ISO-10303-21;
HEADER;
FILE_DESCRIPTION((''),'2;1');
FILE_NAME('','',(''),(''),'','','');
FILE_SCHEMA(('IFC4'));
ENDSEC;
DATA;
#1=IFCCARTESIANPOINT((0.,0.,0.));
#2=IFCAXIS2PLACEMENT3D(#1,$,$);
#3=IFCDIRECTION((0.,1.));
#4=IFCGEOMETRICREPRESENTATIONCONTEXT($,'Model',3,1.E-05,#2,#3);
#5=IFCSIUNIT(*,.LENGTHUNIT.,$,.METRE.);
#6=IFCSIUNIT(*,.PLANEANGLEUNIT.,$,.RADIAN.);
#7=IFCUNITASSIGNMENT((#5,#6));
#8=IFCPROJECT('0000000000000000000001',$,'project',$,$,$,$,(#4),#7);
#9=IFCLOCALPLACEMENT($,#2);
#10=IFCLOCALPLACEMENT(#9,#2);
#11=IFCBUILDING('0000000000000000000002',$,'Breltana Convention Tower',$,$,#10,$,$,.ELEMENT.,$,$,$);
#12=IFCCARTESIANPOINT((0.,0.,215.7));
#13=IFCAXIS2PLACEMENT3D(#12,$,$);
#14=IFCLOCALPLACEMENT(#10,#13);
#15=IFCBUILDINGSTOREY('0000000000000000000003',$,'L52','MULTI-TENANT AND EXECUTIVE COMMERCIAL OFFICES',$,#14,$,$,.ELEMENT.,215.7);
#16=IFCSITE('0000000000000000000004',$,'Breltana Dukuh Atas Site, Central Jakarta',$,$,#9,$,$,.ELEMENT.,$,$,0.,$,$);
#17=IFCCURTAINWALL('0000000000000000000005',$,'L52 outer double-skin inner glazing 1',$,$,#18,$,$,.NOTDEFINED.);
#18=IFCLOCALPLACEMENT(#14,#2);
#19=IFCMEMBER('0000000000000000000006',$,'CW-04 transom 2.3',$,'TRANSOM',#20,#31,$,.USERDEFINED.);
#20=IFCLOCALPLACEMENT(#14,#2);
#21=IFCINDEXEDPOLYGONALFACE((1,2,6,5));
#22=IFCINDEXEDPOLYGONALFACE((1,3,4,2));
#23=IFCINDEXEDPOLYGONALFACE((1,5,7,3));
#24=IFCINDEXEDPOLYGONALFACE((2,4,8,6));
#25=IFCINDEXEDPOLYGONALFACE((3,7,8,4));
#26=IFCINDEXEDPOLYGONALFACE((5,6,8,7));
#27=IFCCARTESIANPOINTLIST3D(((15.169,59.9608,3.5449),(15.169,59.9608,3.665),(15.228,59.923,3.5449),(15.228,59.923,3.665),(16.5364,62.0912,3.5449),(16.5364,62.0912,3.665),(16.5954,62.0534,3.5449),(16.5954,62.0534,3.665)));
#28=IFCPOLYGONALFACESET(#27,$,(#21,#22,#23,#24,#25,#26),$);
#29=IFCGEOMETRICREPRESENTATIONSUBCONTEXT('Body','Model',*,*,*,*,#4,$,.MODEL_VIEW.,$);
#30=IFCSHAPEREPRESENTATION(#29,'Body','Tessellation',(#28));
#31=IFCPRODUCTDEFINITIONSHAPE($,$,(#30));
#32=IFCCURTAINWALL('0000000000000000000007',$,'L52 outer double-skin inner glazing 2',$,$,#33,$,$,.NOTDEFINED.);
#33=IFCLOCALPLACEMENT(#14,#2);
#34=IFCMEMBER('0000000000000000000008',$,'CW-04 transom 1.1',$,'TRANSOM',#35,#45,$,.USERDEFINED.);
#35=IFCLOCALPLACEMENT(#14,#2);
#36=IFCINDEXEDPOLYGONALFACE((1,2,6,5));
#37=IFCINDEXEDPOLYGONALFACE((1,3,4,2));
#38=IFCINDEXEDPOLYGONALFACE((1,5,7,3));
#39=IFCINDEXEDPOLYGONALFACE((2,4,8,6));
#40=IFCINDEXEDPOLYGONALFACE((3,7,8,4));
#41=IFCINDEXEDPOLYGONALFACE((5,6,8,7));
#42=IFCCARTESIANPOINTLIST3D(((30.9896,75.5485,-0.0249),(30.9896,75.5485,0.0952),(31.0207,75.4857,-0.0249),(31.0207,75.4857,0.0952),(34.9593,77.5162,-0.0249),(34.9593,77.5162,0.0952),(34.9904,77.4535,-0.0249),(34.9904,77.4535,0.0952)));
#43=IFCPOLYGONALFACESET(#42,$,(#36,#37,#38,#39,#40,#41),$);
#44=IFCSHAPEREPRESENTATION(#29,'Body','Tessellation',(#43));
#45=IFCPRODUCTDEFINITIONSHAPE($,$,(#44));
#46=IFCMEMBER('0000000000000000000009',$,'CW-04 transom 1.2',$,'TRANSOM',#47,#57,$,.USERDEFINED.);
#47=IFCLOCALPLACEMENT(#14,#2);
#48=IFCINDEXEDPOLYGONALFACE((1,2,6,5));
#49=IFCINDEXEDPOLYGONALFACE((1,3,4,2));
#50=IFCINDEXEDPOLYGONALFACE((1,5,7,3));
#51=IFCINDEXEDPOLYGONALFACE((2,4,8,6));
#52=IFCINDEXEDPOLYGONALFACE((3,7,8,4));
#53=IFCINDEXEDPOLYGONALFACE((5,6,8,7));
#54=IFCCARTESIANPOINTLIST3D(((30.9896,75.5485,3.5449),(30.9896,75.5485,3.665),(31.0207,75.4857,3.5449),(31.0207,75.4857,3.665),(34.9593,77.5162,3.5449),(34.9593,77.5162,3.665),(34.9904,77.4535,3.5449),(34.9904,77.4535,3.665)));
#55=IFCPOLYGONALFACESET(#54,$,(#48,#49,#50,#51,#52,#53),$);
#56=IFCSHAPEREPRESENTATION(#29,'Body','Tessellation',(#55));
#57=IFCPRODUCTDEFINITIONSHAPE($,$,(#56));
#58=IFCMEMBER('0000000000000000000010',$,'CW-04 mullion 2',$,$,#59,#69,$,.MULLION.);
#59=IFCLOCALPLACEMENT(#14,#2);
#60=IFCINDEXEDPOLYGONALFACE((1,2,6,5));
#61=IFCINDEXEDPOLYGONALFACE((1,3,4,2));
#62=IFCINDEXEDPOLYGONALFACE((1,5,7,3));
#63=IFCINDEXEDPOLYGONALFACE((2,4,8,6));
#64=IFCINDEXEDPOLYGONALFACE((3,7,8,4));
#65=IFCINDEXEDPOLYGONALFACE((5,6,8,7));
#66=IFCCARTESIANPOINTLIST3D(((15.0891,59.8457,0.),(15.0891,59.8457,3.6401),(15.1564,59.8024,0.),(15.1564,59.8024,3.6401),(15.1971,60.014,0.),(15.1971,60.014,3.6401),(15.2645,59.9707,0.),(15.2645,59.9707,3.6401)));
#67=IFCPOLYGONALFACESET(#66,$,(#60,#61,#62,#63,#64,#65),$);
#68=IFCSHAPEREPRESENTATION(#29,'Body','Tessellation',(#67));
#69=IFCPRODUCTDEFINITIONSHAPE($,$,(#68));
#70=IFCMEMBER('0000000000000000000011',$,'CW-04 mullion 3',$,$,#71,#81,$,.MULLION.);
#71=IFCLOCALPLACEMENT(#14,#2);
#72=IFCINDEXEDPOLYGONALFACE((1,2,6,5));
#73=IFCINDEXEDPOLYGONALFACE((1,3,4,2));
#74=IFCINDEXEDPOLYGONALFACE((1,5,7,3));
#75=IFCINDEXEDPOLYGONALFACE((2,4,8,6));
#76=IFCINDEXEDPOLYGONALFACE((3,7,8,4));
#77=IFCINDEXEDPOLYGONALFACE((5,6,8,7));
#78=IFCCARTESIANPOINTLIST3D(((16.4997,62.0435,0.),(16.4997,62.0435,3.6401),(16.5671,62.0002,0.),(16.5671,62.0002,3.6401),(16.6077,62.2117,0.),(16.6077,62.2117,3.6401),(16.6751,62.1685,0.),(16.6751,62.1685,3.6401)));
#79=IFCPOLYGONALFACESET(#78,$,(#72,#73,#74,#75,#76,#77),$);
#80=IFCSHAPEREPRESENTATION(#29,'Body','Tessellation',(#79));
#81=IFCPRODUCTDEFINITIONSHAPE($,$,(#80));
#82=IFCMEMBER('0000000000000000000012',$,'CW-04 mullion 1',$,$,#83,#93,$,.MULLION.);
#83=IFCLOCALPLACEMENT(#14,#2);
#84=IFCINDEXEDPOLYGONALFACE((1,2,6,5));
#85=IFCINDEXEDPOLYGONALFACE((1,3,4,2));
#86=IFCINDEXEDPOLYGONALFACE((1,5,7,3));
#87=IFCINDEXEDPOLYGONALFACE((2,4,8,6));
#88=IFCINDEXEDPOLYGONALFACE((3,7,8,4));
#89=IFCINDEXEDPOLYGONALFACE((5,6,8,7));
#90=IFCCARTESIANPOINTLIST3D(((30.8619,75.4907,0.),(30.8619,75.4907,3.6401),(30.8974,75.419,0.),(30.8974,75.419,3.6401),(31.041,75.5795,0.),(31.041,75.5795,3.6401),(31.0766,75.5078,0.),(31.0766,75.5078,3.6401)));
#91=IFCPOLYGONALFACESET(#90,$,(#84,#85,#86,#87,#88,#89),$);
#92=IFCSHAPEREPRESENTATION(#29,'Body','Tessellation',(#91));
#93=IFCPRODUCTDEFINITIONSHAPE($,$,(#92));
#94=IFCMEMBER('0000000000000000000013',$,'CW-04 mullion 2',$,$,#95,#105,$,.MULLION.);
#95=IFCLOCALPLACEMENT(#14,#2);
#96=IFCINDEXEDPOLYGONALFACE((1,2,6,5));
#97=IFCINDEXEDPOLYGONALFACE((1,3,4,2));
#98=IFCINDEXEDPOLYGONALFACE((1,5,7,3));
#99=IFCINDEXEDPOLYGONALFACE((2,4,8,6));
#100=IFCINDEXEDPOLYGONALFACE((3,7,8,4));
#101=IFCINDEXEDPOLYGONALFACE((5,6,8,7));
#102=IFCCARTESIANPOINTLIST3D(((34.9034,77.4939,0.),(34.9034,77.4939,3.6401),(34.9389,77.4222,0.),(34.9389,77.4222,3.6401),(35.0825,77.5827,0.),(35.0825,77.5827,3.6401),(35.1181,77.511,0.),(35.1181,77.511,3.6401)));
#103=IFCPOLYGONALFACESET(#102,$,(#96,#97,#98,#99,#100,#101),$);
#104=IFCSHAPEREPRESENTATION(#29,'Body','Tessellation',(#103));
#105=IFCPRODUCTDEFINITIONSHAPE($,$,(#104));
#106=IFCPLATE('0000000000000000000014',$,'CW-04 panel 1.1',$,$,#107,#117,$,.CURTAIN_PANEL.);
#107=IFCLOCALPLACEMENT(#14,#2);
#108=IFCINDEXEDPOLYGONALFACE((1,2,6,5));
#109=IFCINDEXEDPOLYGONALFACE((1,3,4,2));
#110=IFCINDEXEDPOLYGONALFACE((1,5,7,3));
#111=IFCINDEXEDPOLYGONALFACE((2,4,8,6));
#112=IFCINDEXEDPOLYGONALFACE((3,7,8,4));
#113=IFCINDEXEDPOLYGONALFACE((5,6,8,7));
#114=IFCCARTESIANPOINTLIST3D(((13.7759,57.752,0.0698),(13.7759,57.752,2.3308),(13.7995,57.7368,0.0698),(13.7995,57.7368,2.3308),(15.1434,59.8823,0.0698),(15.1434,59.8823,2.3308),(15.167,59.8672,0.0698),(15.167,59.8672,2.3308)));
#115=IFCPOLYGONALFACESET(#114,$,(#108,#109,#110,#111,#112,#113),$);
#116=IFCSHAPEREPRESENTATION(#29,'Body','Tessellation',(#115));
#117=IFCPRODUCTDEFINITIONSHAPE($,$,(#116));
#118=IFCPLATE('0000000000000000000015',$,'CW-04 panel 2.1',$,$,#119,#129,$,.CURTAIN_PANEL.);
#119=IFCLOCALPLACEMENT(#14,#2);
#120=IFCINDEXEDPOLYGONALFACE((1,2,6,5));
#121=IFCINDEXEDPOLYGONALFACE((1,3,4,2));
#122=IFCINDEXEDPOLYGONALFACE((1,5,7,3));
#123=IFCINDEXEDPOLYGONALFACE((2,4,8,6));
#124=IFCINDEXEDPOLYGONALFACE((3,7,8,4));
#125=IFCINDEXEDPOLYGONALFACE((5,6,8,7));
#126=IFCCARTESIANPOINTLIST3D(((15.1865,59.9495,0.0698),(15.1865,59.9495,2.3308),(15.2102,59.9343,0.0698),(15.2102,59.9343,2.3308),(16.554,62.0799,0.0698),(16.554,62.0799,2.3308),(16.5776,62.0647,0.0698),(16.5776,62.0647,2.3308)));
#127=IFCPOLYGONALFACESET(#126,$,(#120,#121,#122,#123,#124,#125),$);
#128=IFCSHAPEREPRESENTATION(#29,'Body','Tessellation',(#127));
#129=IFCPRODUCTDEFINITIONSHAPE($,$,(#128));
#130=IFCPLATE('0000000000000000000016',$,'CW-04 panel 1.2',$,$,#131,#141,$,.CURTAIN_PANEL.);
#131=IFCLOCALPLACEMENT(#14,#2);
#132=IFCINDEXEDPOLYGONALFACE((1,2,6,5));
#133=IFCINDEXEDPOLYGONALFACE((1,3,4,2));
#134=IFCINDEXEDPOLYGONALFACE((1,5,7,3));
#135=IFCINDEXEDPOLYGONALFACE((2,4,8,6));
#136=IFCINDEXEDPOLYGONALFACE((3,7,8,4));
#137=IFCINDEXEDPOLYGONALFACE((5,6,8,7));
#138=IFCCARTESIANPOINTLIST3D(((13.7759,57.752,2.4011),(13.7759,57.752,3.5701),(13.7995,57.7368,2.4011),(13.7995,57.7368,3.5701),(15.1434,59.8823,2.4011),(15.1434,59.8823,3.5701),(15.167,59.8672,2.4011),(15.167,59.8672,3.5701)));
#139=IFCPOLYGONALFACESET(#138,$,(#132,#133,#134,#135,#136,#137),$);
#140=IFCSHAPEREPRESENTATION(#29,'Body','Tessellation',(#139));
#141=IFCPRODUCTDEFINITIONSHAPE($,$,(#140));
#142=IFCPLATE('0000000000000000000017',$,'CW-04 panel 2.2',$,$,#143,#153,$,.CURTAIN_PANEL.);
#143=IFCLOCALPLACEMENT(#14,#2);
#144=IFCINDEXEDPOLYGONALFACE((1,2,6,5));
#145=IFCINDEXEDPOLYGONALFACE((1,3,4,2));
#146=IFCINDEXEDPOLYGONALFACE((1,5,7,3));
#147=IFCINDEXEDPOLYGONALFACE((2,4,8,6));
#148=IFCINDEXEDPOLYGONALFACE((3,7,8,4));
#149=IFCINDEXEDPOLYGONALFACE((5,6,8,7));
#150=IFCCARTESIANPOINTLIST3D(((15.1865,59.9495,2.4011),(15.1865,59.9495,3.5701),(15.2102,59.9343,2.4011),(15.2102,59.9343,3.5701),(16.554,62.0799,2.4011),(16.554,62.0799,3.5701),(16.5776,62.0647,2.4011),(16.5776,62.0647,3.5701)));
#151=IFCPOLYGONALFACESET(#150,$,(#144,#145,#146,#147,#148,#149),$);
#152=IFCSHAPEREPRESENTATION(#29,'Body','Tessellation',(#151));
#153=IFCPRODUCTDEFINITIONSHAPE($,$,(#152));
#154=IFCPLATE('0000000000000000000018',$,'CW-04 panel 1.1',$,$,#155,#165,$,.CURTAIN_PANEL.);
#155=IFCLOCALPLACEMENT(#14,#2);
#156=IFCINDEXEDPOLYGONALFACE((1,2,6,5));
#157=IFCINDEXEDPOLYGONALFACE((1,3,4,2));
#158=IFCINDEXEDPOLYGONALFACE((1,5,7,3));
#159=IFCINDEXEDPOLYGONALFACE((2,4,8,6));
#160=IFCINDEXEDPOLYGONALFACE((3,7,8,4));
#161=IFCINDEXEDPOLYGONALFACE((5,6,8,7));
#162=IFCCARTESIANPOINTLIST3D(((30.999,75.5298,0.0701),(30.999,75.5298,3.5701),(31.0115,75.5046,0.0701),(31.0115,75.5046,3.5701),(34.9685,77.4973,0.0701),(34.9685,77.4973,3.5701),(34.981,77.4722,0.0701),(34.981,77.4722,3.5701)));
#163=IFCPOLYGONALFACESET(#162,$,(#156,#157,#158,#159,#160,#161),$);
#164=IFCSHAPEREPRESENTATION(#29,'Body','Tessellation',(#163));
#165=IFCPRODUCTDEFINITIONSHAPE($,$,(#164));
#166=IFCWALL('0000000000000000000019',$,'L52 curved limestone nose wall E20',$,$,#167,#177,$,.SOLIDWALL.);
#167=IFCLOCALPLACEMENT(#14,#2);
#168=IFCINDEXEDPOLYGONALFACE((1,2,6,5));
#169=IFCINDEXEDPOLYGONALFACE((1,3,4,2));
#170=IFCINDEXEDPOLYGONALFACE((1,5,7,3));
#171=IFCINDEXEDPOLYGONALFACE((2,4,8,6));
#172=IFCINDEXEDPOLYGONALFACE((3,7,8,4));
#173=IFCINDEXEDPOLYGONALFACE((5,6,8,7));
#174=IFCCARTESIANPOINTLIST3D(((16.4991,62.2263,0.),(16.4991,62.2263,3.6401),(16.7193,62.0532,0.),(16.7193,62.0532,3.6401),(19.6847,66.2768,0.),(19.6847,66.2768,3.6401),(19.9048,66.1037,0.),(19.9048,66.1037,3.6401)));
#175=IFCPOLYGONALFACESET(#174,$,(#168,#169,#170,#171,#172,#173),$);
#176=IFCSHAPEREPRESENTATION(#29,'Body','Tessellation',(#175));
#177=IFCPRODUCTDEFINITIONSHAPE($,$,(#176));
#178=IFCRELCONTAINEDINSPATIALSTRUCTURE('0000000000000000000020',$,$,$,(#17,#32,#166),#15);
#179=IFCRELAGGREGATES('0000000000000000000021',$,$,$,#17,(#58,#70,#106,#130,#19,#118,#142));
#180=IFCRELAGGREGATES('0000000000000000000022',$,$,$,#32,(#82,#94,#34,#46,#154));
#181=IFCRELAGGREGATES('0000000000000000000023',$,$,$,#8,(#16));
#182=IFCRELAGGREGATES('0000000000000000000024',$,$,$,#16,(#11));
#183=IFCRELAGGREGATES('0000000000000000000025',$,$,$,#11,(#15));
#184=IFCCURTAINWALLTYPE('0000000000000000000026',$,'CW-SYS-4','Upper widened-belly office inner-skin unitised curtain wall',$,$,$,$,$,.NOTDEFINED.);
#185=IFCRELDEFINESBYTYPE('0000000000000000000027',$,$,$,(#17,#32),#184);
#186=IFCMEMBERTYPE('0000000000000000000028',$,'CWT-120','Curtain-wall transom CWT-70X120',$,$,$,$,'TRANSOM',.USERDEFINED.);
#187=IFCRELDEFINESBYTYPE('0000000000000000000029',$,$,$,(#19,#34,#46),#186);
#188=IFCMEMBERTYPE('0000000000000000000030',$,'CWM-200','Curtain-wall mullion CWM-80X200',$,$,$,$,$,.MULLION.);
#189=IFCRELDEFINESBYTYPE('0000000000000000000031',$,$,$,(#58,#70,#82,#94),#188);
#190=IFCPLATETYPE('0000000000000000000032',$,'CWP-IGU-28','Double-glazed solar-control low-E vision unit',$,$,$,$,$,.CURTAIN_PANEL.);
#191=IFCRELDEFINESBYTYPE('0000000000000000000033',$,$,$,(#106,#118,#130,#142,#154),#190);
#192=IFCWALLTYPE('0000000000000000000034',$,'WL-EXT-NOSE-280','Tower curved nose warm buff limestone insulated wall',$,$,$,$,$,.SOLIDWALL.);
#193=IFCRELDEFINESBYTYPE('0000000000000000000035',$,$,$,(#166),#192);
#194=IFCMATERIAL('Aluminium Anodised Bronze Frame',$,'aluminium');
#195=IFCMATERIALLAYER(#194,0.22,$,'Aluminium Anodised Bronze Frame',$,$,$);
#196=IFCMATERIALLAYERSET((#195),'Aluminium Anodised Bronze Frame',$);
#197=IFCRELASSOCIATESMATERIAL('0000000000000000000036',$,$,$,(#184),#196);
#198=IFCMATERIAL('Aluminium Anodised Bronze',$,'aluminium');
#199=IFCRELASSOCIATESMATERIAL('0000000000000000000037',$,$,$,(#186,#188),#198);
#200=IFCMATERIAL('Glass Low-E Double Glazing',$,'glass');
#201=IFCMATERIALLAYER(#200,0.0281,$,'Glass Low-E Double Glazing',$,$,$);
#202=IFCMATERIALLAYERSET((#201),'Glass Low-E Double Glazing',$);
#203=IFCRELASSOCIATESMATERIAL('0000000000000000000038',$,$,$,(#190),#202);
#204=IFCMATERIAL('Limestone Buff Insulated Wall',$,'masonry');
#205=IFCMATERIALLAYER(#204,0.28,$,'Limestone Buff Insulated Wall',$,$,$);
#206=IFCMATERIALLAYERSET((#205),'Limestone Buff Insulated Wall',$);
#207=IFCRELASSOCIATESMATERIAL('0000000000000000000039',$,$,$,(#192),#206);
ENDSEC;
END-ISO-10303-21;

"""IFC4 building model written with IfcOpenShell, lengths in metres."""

from ifc_helpers import new_model, si_unit, direction, frame, frame_2d, origin, origin_2d, place, context, subcontext, project, spatial, rectangle, extrude, source, transform, mapped, material, layer, layer_set, material_profile, profile_set, type_object, element, aggregate, save


model = new_model("IFC4")

# Units and contexts
model_context = context("Model", 3, precision=1e-05, world=origin(), true_north=direction((0.0, 1.0)))
body_context = subcontext(model_context, "Body", "Model", "MODEL_VIEW")
ifc_project = project(units=[si_unit("LENGTHUNIT", "METRE"), si_unit("PLANEANGLEUNIT", "RADIAN")], contexts=[model_context])

# Site, building, storey
site_placement = place(None, origin())
site = spatial("IfcSite", under=ifc_project, at=site_placement, Name="Breltana Dukuh Atas Site, Central Jakarta", CompositionType="ELEMENT", RefElevation=0.0)
building_placement = place(site_placement, origin())
building = spatial("IfcBuilding", under=site, at=building_placement, Name="Breltana Convention Tower", CompositionType="ELEMENT")
storey_placement = place(building_placement, frame((0.0, 0.0, 215.7)))
storey = spatial("IfcBuildingStorey", under=building, at=storey_placement, Name="L52", Description="MULTI-TENANT AND EXECUTIVE COMMERCIAL OFFICES", CompositionType="ELEMENT", Elevation=215.7)

# Curtain walls, members
ifc_material_1 = material(Name="Aluminium Anodised Bronze Frame", Category="aluminium")
ifc_layer_1 = layer(ifc_material_1, 0.22, Name="Aluminium Anodised Bronze Frame")
ifc_layer_set_1 = layer_set([ifc_layer_1], Name="Aluminium Anodised Bronze Frame")
curtain_wall_type = type_object("IfcCurtainWallType", Name="CW-SYS-4", Description="Upper widened-belly office inner-skin unitised curtain wall", PredefinedType="NOTDEFINED", material=ifc_layer_set_1)
curtain_wall_1_placement = place(storey_placement, origin())
curtain_wall_1 = element("IfcCurtainWall", 1, at=curtain_wall_1_placement, inside=storey, type_object=curtain_wall_type, Name="L52 outer double-skin inner glazing 1", PredefinedType="NOTDEFINED")
ifc_material_2 = material(Name="Aluminium Anodised Bronze", Category="aluminium")
ifc_material_profile_1 = material_profile(ifc_material_2, rectangle(XDim=0.0701, YDim=0.1201, at=origin_2d()), Name="CWT-70X120")
ifc_profile_set_1 = profile_set([ifc_material_profile_1], Name="Aluminium Anodised Bronze")
member_type_1 = type_object("IfcMemberType", Name="CWT-120", Description="Curtain-wall transom CWT-70X120", ElementType="TRANSOM", PredefinedType="USERDEFINED", material=ifc_profile_set_1)
shared_shape_1 = source(origin(), body_context, "Body", "SweptSolid", [
    extrude(rectangle(XDim=0.0701, YDim=0.1201, at=origin_2d()), origin(), (0.0, 0.0, 1.0), 2.5315),
])
member_1_placement = place(storey_placement, frame((15.1985, 59.9419, 3.605), z_axis=(0.540173, 0.841554, 0.0), x_axis=(-0.841554, 0.540173, 0.0)))
member_1 = element("IfcMember", 2, at=member_1_placement, type_object=member_type_1, Name="CW-04 transom 2.3", ObjectType="TRANSOM", PredefinedType="USERDEFINED", context=body_context, shape_type="MappedRepresentation", body=[
    mapped(shared_shape_1, transform((0.0, 0.0, 0.0), scale=1.0)),
])
curtain_wall_2_placement = place(storey_placement, origin())
curtain_wall_2 = element("IfcCurtainWall", 3, at=curtain_wall_2_placement, inside=storey, type_object=curtain_wall_type, Name="L52 outer double-skin inner glazing 2", PredefinedType="NOTDEFINED")
shared_shape_2 = source(origin(), body_context, "Body", "SweptSolid", [
    extrude(rectangle(XDim=0.0701, YDim=0.1201, at=origin_2d()), origin(), (0.0, 0.0, 1.0), 4.4307),
])
member_2_placement = place(storey_placement, frame((31.0051, 75.5171, 0.0352), z_axis=(0.895965, 0.444125, 0.0), x_axis=(-0.444125, 0.895965, 0.0)))
member_2 = element("IfcMember", 4, at=member_2_placement, type_object=member_type_1, Name="CW-04 transom 1.1", ObjectType="TRANSOM", PredefinedType="USERDEFINED", context=body_context, shape_type="MappedRepresentation", body=[
    mapped(shared_shape_2, transform((0.0, 0.0, 0.0), scale=1.0)),
])
member_3_placement = place(storey_placement, frame((31.0051, 75.5171, 3.605), z_axis=(0.895965, 0.444125, 0.0), x_axis=(-0.444125, 0.895965, 0.0)))
member_3 = element("IfcMember", 5, at=member_3_placement, type_object=member_type_1, Name="CW-04 transom 1.2", ObjectType="TRANSOM", PredefinedType="USERDEFINED", context=body_context, shape_type="MappedRepresentation", body=[
    mapped(shared_shape_2, transform((0.0, 0.0, 0.0), scale=1.0)),
])

# Members
ifc_material_profile_2 = material_profile(ifc_material_2, rectangle(XDim=0.0801, YDim=0.2, at=origin_2d()), Name="CWM-80X200")
ifc_profile_set_2 = profile_set([ifc_material_profile_2], Name="Aluminium Anodised Bronze")
member_type_2 = type_object("IfcMemberType", Name="CWM-200", Description="Curtain-wall mullion CWM-80X200", PredefinedType="MULLION", material=ifc_profile_set_2)
shared_shape_3 = source(origin(), body_context, "Body", "SweptSolid", [
    extrude(rectangle(XDim=0.0801, YDim=0.2, at=origin_2d()), origin(), (0.0, 0.0, 1.0), 3.6401),
])
member_4_placement = place(storey_placement, frame((15.1768, 59.9082, 0.0), z_axis=(0.0, 0.0, 1.0), x_axis=(-0.841548, 0.540182, 0.0)))
member_4 = element("IfcMember", 6, at=member_4_placement, type_object=member_type_2, Name="CW-04 mullion 2", PredefinedType="MULLION", context=body_context, shape_type="MappedRepresentation", body=[
    mapped(shared_shape_3, transform((0.0, 0.0, 0.0), scale=1.0)),
])
member_5_placement = place(storey_placement, frame((16.5874, 62.106, 0.0), z_axis=(0.0, 0.0, 1.0), x_axis=(-0.841548, 0.540182, 0.0)))
member_5 = element("IfcMember", 7, at=member_5_placement, type_object=member_type_2, Name="CW-04 mullion 3", PredefinedType="MULLION", context=body_context, shape_type="MappedRepresentation", body=[
    mapped(shared_shape_3, transform((0.0, 0.0, 0.0), scale=1.0)),
])
member_6_placement = place(storey_placement, frame((30.9692, 75.4993, 0.0), z_axis=(0.0, 0.0, 1.0), x_axis=(-0.444109, 0.895973, 0.0)))
member_6 = element("IfcMember", 8, at=member_6_placement, type_object=member_type_2, Name="CW-04 mullion 1", PredefinedType="MULLION", context=body_context, shape_type="MappedRepresentation", body=[
    mapped(shared_shape_3, transform((0.0, 0.0, 0.0), scale=1.0)),
])
member_7_placement = place(storey_placement, frame((35.0107, 77.5024, 0.0), z_axis=(0.0, 0.0, 1.0), x_axis=(-0.444109, 0.895973, 0.0)))
member_7 = element("IfcMember", 9, at=member_7_placement, type_object=member_type_2, Name="CW-04 mullion 2", PredefinedType="MULLION", context=body_context, shape_type="MappedRepresentation", body=[
    mapped(shared_shape_3, transform((0.0, 0.0, 0.0), scale=1.0)),
])

# Plates
ifc_material_3 = material(Name="Glass Low-E Double Glazing", Category="glass")
ifc_layer_2 = layer(ifc_material_3, 0.0281, Name="Glass Low-E Double Glazing")
ifc_layer_set_2 = layer_set([ifc_layer_2], Name="Glass Low-E Double Glazing")
plate_type = type_object("IfcPlateType", Name="CWP-IGU-28", Description="Double-glazed solar-control low-E vision unit", PredefinedType="CURTAIN_PANEL", material=ifc_layer_set_2)
shared_shape_4 = source(origin(), body_context, "Body", "SweptSolid", [
    extrude(rectangle(XDim=2.5315, YDim=0.0281, at=origin_2d()), origin(), (0.0, 0.0, 1.0), 2.261),
])
plate_1_placement = place(storey_placement, frame((14.4714, 58.8096, 0.0698), z_axis=(0.0, 0.0, 1.0), x_axis=(0.540182, 0.841548, 0.0)))
plate_1 = element("IfcPlate", 10, at=plate_1_placement, type_object=plate_type, Name="CW-04 panel 1.1", PredefinedType="CURTAIN_PANEL", context=body_context, shape_type="MappedRepresentation", body=[
    mapped(shared_shape_4, transform((0.0, 0.0, 0.0), scale=1.0)),
])
plate_2_placement = place(storey_placement, frame((15.8821, 61.0071, 0.0698), z_axis=(0.0, 0.0, 1.0), x_axis=(0.540182, 0.841548, 0.0)))
plate_2 = element("IfcPlate", 11, at=plate_2_placement, type_object=plate_type, Name="CW-04 panel 2.1", PredefinedType="CURTAIN_PANEL", context=body_context, shape_type="MappedRepresentation", body=[
    mapped(shared_shape_4, transform((0.0, 0.0, 0.0), scale=1.0)),
])
shared_shape_5 = source(origin(), body_context, "Body", "SweptSolid", [
    extrude(rectangle(XDim=2.5315, YDim=0.0281, at=origin_2d()), origin(), (0.0, 0.0, 1.0), 1.1689),
])
plate_3_placement = place(storey_placement, frame((14.4714, 58.8096, 2.4011), z_axis=(0.0, 0.0, 1.0), x_axis=(0.540182, 0.841548, 0.0)))
plate_3 = element("IfcPlate", 12, at=plate_3_placement, type_object=plate_type, Name="CW-04 panel 1.2", PredefinedType="CURTAIN_PANEL", context=body_context, shape_type="MappedRepresentation", body=[
    mapped(shared_shape_5, transform((0.0, 0.0, 0.0), scale=1.0)),
])
plate_4_placement = place(storey_placement, frame((15.8821, 61.0071, 2.4011), z_axis=(0.0, 0.0, 1.0), x_axis=(0.540182, 0.841548, 0.0)))
plate_4 = element("IfcPlate", 13, at=plate_4_placement, type_object=plate_type, Name="CW-04 panel 2.2", PredefinedType="CURTAIN_PANEL", context=body_context, shape_type="MappedRepresentation", body=[
    mapped(shared_shape_5, transform((0.0, 0.0, 0.0), scale=1.0)),
])
aggregate(curtain_wall_1, [member_4, member_5, plate_1, plate_3, member_1, plate_2, plate_4])
shared_shape_6 = source(origin(), body_context, "Body", "SweptSolid", [
    extrude(rectangle(XDim=4.4304, YDim=0.0281, at=origin_2d()), origin(), (0.0, 0.0, 1.0), 3.5),
])
plate_5_placement = place(storey_placement, frame((32.99, 76.501, 0.0701), z_axis=(0.0, 0.0, 1.0), x_axis=(0.895973, 0.444109, 0.0)))
plate_5 = element("IfcPlate", 14, at=plate_5_placement, type_object=plate_type, Name="CW-04 panel 1.1", PredefinedType="CURTAIN_PANEL", context=body_context, shape_type="MappedRepresentation", body=[
    mapped(shared_shape_6, transform((0.0, 0.0, 0.0), scale=1.0)),
])
aggregate(curtain_wall_2, [member_6, member_7, member_2, member_3, plate_5])

# Wall
ifc_material_4 = material(Name="Limestone Buff Insulated Wall", Category="masonry")
ifc_layer_3 = layer(ifc_material_4, 0.28, Name="Limestone Buff Insulated Wall")
ifc_layer_set_3 = layer_set([ifc_layer_3], Name="Limestone Buff Insulated Wall")
wall_type_1 = type_object("IfcWallType", Name="WL-EXT-NOSE-280", Description="Tower curved nose warm buff limestone insulated wall", PredefinedType="SOLIDWALL", material=ifc_layer_set_3)
shared_shape_7 = source(origin(), body_context, "Body", "SweptSolid", [
    extrude(rectangle(XDim=5.1531, YDim=0.28, at=frame_2d((2.5767, 0.0))), origin(), (0.0, 0.0, 1.0), 3.6401),
])
wall_1_placement = place(storey_placement, frame((16.6091, 62.1396, 0.0), z_axis=(0.0, 0.0, 1.0), x_axis=(0.618179, 0.786037, 0.0)))
element("IfcWall", 15, at=wall_1_placement, inside=storey, type_object=wall_type_1, Name="L52 curved limestone nose wall E20", PredefinedType="SOLIDWALL", context=body_context, shape_type="MappedRepresentation", body=[
    mapped(shared_shape_7, transform((0.0, 0.0, 0.0), scale=1.0)),
])

save(model, "model.ifc")
